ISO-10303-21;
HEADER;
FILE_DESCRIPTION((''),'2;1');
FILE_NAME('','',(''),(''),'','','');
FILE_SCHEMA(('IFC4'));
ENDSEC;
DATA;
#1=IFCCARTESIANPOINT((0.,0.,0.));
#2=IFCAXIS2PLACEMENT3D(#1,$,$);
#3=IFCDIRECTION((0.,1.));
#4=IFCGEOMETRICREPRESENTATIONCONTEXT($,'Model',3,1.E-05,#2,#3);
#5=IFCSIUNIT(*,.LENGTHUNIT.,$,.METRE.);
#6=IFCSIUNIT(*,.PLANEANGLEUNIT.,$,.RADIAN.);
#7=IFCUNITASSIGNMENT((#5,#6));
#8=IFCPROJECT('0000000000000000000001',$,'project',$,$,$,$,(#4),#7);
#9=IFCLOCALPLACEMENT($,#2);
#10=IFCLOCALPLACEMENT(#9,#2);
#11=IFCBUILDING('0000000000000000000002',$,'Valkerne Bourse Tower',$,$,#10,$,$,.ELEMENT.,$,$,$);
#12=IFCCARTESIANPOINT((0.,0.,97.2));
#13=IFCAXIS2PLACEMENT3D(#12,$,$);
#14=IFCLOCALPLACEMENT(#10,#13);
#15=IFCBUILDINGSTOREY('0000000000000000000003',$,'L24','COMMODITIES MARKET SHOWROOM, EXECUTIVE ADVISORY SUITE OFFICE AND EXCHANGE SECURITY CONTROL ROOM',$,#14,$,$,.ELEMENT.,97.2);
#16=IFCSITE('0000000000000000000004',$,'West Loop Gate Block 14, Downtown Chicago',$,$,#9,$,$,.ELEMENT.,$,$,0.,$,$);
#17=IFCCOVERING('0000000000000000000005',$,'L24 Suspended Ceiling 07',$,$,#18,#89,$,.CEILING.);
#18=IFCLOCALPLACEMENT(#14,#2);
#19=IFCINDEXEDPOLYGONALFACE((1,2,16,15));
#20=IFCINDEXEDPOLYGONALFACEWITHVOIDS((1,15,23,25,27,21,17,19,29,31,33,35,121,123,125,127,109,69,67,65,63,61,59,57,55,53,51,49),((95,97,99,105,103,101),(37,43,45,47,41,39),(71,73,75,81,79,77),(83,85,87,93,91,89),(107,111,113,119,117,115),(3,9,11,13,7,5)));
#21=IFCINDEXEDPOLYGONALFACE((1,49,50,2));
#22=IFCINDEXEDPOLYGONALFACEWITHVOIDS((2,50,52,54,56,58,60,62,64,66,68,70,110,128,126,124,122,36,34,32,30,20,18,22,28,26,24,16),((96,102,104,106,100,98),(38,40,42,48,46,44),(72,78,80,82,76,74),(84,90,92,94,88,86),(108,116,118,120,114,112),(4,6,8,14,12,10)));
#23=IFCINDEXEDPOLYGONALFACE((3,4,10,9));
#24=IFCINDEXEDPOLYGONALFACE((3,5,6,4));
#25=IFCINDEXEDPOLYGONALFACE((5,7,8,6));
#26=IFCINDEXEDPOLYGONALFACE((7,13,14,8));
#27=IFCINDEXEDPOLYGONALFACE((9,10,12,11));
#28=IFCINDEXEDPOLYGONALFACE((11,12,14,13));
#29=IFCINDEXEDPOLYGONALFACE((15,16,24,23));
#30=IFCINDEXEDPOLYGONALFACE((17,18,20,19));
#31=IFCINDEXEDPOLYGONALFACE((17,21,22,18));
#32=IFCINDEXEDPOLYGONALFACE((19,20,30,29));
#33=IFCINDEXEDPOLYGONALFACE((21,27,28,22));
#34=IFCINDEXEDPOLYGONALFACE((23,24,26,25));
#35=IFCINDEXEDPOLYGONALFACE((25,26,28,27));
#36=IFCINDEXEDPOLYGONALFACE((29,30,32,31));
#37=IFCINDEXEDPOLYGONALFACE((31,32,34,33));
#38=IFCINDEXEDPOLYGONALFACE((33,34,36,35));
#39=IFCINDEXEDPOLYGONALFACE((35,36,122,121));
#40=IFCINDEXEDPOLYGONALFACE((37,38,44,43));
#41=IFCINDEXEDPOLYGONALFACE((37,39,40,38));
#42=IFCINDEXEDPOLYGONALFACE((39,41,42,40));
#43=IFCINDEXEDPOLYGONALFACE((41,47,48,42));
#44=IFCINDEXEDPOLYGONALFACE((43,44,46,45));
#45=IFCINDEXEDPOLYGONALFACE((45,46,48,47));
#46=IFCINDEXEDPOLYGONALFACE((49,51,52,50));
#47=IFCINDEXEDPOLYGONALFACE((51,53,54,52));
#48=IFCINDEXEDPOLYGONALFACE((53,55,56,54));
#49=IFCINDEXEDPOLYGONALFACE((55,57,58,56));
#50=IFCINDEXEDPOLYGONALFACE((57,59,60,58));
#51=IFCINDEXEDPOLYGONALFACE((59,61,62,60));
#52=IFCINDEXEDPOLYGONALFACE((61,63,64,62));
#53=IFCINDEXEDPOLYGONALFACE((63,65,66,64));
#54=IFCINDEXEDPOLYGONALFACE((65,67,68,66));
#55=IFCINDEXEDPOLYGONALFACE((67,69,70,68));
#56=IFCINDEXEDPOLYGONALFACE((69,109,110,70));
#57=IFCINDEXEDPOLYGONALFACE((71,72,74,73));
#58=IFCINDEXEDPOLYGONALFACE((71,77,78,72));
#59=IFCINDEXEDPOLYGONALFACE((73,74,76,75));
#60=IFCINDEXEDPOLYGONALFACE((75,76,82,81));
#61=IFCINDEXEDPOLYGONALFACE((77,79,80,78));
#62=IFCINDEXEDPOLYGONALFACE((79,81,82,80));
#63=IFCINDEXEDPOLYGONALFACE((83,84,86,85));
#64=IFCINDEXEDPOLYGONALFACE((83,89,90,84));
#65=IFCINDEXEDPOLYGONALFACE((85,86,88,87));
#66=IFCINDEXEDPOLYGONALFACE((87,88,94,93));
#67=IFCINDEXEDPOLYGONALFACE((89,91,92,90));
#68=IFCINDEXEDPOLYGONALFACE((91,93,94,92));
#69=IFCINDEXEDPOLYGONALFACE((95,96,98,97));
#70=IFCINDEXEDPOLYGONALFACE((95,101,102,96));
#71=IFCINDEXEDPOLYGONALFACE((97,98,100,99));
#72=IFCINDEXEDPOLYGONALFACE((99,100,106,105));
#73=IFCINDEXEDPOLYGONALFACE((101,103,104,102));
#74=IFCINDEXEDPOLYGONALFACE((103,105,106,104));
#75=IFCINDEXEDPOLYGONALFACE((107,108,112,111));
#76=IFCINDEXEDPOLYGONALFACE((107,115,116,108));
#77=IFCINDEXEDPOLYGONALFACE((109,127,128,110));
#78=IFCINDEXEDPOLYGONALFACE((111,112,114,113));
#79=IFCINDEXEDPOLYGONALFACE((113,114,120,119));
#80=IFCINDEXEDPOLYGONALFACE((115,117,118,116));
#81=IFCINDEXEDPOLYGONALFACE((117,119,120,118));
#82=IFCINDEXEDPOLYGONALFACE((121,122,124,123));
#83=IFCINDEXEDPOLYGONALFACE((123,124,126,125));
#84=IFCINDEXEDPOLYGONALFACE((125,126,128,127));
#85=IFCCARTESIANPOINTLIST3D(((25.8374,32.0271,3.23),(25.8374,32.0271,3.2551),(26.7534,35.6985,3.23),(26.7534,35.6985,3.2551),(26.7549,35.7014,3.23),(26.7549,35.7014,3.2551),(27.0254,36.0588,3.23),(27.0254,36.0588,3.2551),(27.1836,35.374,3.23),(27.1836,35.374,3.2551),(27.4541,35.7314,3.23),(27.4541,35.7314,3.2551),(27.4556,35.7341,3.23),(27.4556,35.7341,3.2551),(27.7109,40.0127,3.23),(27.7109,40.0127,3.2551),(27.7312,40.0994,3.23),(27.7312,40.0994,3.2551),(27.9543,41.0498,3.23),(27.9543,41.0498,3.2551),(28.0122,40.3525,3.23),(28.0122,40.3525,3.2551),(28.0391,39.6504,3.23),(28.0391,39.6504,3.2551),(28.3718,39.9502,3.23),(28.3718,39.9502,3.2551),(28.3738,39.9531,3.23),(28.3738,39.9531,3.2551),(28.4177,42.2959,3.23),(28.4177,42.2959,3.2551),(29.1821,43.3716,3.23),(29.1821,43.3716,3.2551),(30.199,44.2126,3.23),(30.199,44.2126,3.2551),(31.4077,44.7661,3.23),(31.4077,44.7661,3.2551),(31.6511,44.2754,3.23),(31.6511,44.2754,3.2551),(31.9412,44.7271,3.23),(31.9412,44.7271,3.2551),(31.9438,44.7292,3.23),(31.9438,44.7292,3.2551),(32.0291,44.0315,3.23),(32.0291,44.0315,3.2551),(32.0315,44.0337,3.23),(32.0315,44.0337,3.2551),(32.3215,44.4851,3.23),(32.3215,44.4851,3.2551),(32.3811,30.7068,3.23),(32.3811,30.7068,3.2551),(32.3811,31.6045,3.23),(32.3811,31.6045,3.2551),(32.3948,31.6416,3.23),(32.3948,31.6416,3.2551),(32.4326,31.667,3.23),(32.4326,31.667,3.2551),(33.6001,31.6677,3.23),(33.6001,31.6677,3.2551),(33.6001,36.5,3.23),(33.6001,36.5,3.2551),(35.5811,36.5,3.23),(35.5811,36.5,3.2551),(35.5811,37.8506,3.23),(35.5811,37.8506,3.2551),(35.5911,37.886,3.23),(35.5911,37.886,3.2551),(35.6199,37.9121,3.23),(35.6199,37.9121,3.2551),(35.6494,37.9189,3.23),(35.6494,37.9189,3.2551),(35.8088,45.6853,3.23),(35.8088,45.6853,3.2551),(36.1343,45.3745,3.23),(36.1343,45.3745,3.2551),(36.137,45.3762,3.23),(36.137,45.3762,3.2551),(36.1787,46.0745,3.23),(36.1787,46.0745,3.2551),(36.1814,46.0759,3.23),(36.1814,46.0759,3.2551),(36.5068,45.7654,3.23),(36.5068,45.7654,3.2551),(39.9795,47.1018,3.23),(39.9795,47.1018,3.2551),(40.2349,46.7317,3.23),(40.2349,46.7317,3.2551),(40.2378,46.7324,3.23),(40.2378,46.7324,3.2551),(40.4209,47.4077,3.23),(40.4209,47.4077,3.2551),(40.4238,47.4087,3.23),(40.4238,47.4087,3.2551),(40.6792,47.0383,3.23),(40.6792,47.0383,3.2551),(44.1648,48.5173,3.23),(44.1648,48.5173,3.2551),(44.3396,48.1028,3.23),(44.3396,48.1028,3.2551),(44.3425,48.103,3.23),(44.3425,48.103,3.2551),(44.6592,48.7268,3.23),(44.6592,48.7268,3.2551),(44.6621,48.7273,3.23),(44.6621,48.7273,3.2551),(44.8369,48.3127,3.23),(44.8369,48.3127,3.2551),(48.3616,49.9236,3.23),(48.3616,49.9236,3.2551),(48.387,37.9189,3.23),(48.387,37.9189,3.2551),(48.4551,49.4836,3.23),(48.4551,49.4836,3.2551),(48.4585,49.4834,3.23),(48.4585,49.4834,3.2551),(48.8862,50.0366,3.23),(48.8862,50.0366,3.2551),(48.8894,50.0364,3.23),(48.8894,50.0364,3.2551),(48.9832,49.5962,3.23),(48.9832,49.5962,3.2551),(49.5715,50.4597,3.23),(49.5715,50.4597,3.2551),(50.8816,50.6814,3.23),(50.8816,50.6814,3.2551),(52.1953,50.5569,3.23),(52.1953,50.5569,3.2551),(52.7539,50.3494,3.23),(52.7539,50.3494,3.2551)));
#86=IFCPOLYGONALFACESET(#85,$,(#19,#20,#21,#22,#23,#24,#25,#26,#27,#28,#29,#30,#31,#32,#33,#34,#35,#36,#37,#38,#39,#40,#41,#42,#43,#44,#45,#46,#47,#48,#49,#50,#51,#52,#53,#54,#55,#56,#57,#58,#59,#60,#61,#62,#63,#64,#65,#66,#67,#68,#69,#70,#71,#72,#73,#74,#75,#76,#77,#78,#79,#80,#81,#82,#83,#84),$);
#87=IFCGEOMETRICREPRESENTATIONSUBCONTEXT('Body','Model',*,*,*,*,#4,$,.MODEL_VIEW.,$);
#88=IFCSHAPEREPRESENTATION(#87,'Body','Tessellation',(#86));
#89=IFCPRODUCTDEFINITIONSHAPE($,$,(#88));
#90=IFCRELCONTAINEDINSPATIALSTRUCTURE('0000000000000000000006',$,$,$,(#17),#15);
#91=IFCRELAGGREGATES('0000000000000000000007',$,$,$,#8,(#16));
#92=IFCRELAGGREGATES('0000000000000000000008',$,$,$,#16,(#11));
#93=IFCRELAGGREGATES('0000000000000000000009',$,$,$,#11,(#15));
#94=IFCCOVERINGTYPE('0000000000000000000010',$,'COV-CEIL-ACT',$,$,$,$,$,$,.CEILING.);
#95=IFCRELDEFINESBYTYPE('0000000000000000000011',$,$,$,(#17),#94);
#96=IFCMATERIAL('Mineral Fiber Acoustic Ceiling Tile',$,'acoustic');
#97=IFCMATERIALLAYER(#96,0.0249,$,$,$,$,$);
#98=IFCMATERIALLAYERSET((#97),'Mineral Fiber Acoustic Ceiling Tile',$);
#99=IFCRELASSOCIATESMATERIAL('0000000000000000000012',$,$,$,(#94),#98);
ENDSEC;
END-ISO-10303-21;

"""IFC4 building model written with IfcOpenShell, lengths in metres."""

from ifc_helpers import new_model, si_unit, direction, frame, origin, place, context, subcontext, project, spatial, polyline, outline, extrude, material, layer, layer_set, type_object, element, save


model = new_model("IFC4")

# Units and contexts
model_context = context("Model", 3, precision=1e-05, world=origin(), true_north=direction((0.0, 1.0)))
body_context = subcontext(model_context, "Body", "Model", "MODEL_VIEW")
ifc_project = project(units=[si_unit("LENGTHUNIT", "METRE"), si_unit("PLANEANGLEUNIT", "RADIAN")], contexts=[model_context])

# Site, building, storey
site_placement = place(None, origin())
site = spatial("IfcSite", under=ifc_project, at=site_placement, Name="West Loop Gate Block 14, Downtown Chicago", CompositionType="ELEMENT", RefElevation=0.0)
building_placement = place(site_placement, origin())
building = spatial("IfcBuilding", under=site, at=building_placement, Name="Valkerne Bourse Tower", CompositionType="ELEMENT")
storey_placement = place(building_placement, frame((0.0, 0.0, 97.2)))
storey = spatial("IfcBuildingStorey", under=building, at=storey_placement, Name="L24", Description="COMMODITIES MARKET SHOWROOM, EXECUTIVE ADVISORY SUITE OFFICE AND EXCHANGE SECURITY CONTROL ROOM", CompositionType="ELEMENT", Elevation=97.2)

# Covering
ifc_material_1 = material(Name="Mineral Fiber Acoustic Ceiling Tile", Category="acoustic")
ifc_layer_1 = layer(ifc_material_1, 0.0249)
ifc_layer_set_1 = layer_set([ifc_layer_1], Name="Mineral Fiber Acoustic Ceiling Tile")
covering_type_1 = type_object("IfcCoveringType", Name="COV-CEIL-ACT", PredefinedType="CEILING", material=ifc_layer_set_1)
covering_1_placement = place(storey_placement, frame((0.0, 0.0, 3.23)))
element("IfcCovering", 1, at=covering_1_placement, inside=storey, type_object=covering_type_1, Name="L24 Suspended Ceiling 07", PredefinedType="CEILING", context=body_context, shape_type="SweptSolid", body=[
    extrude(outline(polyline([(29.1821, 43.3716), (30.199, 44.2126), (31.4077, 44.7661), (49.5715, 50.4597), (50.8816, 50.6814), (52.1953, 50.5569), (52.7539, 50.3494), (48.387, 37.9189), (35.6494, 37.9189), (35.6199, 37.9121), (35.5911, 37.886), (35.5811, 37.8506), (35.5811, 36.5), (33.6001, 36.5), (33.6001, 31.6677), (32.4326, 31.667), (32.3948, 31.6416), (32.3811, 31.6045), (32.3811, 30.7068), (25.8374, 32.0271), (27.7109, 40.0127), (28.0391, 39.6504), (28.3718, 39.9502), (28.3738, 39.9531), (28.0122, 40.3525), (27.7312, 40.0994), (27.9543, 41.0498), (28.4177, 42.2959), (29.1821, 43.3716)]), holes=[polyline([(27.4556, 35.7341), (27.0254, 36.0588), (26.7549, 35.7014), (26.7534, 35.6985), (27.1836, 35.374), (27.4541, 35.7314), (27.4556, 35.7341)]), polyline([(32.3215, 44.4851), (31.9438, 44.7292), (31.9412, 44.7271), (31.6511, 44.2754), (32.0291, 44.0315), (32.0315, 44.0337), (32.3215, 44.4851)]), polyline([(36.137, 45.3762), (36.5068, 45.7654), (36.1814, 46.0759), (36.1787, 46.0745), (35.8088, 45.6853), (36.1343, 45.3745), (36.137, 45.3762)]), polyline([(40.2378, 46.7324), (40.6792, 47.0383), (40.4238, 47.4087), (40.4209, 47.4077), (39.9795, 47.1018), (40.2349, 46.7317), (40.2378, 46.7324)]), polyline([(44.8369, 48.3127), (44.6621, 48.7273), (44.6592, 48.7268), (44.1648, 48.5173), (44.3396, 48.1028), (44.3425, 48.103), (44.8369, 48.3127)]), polyline([(48.8894, 50.0364), (48.8862, 50.0366), (48.3616, 49.9236), (48.4551, 49.4836), (48.4585, 49.4834), (48.9832, 49.5962), (48.8894, 50.0364)])]), origin(), (0.0, 0.0, 1.0), 0.0251),
])

save(model, "model.ifc")
